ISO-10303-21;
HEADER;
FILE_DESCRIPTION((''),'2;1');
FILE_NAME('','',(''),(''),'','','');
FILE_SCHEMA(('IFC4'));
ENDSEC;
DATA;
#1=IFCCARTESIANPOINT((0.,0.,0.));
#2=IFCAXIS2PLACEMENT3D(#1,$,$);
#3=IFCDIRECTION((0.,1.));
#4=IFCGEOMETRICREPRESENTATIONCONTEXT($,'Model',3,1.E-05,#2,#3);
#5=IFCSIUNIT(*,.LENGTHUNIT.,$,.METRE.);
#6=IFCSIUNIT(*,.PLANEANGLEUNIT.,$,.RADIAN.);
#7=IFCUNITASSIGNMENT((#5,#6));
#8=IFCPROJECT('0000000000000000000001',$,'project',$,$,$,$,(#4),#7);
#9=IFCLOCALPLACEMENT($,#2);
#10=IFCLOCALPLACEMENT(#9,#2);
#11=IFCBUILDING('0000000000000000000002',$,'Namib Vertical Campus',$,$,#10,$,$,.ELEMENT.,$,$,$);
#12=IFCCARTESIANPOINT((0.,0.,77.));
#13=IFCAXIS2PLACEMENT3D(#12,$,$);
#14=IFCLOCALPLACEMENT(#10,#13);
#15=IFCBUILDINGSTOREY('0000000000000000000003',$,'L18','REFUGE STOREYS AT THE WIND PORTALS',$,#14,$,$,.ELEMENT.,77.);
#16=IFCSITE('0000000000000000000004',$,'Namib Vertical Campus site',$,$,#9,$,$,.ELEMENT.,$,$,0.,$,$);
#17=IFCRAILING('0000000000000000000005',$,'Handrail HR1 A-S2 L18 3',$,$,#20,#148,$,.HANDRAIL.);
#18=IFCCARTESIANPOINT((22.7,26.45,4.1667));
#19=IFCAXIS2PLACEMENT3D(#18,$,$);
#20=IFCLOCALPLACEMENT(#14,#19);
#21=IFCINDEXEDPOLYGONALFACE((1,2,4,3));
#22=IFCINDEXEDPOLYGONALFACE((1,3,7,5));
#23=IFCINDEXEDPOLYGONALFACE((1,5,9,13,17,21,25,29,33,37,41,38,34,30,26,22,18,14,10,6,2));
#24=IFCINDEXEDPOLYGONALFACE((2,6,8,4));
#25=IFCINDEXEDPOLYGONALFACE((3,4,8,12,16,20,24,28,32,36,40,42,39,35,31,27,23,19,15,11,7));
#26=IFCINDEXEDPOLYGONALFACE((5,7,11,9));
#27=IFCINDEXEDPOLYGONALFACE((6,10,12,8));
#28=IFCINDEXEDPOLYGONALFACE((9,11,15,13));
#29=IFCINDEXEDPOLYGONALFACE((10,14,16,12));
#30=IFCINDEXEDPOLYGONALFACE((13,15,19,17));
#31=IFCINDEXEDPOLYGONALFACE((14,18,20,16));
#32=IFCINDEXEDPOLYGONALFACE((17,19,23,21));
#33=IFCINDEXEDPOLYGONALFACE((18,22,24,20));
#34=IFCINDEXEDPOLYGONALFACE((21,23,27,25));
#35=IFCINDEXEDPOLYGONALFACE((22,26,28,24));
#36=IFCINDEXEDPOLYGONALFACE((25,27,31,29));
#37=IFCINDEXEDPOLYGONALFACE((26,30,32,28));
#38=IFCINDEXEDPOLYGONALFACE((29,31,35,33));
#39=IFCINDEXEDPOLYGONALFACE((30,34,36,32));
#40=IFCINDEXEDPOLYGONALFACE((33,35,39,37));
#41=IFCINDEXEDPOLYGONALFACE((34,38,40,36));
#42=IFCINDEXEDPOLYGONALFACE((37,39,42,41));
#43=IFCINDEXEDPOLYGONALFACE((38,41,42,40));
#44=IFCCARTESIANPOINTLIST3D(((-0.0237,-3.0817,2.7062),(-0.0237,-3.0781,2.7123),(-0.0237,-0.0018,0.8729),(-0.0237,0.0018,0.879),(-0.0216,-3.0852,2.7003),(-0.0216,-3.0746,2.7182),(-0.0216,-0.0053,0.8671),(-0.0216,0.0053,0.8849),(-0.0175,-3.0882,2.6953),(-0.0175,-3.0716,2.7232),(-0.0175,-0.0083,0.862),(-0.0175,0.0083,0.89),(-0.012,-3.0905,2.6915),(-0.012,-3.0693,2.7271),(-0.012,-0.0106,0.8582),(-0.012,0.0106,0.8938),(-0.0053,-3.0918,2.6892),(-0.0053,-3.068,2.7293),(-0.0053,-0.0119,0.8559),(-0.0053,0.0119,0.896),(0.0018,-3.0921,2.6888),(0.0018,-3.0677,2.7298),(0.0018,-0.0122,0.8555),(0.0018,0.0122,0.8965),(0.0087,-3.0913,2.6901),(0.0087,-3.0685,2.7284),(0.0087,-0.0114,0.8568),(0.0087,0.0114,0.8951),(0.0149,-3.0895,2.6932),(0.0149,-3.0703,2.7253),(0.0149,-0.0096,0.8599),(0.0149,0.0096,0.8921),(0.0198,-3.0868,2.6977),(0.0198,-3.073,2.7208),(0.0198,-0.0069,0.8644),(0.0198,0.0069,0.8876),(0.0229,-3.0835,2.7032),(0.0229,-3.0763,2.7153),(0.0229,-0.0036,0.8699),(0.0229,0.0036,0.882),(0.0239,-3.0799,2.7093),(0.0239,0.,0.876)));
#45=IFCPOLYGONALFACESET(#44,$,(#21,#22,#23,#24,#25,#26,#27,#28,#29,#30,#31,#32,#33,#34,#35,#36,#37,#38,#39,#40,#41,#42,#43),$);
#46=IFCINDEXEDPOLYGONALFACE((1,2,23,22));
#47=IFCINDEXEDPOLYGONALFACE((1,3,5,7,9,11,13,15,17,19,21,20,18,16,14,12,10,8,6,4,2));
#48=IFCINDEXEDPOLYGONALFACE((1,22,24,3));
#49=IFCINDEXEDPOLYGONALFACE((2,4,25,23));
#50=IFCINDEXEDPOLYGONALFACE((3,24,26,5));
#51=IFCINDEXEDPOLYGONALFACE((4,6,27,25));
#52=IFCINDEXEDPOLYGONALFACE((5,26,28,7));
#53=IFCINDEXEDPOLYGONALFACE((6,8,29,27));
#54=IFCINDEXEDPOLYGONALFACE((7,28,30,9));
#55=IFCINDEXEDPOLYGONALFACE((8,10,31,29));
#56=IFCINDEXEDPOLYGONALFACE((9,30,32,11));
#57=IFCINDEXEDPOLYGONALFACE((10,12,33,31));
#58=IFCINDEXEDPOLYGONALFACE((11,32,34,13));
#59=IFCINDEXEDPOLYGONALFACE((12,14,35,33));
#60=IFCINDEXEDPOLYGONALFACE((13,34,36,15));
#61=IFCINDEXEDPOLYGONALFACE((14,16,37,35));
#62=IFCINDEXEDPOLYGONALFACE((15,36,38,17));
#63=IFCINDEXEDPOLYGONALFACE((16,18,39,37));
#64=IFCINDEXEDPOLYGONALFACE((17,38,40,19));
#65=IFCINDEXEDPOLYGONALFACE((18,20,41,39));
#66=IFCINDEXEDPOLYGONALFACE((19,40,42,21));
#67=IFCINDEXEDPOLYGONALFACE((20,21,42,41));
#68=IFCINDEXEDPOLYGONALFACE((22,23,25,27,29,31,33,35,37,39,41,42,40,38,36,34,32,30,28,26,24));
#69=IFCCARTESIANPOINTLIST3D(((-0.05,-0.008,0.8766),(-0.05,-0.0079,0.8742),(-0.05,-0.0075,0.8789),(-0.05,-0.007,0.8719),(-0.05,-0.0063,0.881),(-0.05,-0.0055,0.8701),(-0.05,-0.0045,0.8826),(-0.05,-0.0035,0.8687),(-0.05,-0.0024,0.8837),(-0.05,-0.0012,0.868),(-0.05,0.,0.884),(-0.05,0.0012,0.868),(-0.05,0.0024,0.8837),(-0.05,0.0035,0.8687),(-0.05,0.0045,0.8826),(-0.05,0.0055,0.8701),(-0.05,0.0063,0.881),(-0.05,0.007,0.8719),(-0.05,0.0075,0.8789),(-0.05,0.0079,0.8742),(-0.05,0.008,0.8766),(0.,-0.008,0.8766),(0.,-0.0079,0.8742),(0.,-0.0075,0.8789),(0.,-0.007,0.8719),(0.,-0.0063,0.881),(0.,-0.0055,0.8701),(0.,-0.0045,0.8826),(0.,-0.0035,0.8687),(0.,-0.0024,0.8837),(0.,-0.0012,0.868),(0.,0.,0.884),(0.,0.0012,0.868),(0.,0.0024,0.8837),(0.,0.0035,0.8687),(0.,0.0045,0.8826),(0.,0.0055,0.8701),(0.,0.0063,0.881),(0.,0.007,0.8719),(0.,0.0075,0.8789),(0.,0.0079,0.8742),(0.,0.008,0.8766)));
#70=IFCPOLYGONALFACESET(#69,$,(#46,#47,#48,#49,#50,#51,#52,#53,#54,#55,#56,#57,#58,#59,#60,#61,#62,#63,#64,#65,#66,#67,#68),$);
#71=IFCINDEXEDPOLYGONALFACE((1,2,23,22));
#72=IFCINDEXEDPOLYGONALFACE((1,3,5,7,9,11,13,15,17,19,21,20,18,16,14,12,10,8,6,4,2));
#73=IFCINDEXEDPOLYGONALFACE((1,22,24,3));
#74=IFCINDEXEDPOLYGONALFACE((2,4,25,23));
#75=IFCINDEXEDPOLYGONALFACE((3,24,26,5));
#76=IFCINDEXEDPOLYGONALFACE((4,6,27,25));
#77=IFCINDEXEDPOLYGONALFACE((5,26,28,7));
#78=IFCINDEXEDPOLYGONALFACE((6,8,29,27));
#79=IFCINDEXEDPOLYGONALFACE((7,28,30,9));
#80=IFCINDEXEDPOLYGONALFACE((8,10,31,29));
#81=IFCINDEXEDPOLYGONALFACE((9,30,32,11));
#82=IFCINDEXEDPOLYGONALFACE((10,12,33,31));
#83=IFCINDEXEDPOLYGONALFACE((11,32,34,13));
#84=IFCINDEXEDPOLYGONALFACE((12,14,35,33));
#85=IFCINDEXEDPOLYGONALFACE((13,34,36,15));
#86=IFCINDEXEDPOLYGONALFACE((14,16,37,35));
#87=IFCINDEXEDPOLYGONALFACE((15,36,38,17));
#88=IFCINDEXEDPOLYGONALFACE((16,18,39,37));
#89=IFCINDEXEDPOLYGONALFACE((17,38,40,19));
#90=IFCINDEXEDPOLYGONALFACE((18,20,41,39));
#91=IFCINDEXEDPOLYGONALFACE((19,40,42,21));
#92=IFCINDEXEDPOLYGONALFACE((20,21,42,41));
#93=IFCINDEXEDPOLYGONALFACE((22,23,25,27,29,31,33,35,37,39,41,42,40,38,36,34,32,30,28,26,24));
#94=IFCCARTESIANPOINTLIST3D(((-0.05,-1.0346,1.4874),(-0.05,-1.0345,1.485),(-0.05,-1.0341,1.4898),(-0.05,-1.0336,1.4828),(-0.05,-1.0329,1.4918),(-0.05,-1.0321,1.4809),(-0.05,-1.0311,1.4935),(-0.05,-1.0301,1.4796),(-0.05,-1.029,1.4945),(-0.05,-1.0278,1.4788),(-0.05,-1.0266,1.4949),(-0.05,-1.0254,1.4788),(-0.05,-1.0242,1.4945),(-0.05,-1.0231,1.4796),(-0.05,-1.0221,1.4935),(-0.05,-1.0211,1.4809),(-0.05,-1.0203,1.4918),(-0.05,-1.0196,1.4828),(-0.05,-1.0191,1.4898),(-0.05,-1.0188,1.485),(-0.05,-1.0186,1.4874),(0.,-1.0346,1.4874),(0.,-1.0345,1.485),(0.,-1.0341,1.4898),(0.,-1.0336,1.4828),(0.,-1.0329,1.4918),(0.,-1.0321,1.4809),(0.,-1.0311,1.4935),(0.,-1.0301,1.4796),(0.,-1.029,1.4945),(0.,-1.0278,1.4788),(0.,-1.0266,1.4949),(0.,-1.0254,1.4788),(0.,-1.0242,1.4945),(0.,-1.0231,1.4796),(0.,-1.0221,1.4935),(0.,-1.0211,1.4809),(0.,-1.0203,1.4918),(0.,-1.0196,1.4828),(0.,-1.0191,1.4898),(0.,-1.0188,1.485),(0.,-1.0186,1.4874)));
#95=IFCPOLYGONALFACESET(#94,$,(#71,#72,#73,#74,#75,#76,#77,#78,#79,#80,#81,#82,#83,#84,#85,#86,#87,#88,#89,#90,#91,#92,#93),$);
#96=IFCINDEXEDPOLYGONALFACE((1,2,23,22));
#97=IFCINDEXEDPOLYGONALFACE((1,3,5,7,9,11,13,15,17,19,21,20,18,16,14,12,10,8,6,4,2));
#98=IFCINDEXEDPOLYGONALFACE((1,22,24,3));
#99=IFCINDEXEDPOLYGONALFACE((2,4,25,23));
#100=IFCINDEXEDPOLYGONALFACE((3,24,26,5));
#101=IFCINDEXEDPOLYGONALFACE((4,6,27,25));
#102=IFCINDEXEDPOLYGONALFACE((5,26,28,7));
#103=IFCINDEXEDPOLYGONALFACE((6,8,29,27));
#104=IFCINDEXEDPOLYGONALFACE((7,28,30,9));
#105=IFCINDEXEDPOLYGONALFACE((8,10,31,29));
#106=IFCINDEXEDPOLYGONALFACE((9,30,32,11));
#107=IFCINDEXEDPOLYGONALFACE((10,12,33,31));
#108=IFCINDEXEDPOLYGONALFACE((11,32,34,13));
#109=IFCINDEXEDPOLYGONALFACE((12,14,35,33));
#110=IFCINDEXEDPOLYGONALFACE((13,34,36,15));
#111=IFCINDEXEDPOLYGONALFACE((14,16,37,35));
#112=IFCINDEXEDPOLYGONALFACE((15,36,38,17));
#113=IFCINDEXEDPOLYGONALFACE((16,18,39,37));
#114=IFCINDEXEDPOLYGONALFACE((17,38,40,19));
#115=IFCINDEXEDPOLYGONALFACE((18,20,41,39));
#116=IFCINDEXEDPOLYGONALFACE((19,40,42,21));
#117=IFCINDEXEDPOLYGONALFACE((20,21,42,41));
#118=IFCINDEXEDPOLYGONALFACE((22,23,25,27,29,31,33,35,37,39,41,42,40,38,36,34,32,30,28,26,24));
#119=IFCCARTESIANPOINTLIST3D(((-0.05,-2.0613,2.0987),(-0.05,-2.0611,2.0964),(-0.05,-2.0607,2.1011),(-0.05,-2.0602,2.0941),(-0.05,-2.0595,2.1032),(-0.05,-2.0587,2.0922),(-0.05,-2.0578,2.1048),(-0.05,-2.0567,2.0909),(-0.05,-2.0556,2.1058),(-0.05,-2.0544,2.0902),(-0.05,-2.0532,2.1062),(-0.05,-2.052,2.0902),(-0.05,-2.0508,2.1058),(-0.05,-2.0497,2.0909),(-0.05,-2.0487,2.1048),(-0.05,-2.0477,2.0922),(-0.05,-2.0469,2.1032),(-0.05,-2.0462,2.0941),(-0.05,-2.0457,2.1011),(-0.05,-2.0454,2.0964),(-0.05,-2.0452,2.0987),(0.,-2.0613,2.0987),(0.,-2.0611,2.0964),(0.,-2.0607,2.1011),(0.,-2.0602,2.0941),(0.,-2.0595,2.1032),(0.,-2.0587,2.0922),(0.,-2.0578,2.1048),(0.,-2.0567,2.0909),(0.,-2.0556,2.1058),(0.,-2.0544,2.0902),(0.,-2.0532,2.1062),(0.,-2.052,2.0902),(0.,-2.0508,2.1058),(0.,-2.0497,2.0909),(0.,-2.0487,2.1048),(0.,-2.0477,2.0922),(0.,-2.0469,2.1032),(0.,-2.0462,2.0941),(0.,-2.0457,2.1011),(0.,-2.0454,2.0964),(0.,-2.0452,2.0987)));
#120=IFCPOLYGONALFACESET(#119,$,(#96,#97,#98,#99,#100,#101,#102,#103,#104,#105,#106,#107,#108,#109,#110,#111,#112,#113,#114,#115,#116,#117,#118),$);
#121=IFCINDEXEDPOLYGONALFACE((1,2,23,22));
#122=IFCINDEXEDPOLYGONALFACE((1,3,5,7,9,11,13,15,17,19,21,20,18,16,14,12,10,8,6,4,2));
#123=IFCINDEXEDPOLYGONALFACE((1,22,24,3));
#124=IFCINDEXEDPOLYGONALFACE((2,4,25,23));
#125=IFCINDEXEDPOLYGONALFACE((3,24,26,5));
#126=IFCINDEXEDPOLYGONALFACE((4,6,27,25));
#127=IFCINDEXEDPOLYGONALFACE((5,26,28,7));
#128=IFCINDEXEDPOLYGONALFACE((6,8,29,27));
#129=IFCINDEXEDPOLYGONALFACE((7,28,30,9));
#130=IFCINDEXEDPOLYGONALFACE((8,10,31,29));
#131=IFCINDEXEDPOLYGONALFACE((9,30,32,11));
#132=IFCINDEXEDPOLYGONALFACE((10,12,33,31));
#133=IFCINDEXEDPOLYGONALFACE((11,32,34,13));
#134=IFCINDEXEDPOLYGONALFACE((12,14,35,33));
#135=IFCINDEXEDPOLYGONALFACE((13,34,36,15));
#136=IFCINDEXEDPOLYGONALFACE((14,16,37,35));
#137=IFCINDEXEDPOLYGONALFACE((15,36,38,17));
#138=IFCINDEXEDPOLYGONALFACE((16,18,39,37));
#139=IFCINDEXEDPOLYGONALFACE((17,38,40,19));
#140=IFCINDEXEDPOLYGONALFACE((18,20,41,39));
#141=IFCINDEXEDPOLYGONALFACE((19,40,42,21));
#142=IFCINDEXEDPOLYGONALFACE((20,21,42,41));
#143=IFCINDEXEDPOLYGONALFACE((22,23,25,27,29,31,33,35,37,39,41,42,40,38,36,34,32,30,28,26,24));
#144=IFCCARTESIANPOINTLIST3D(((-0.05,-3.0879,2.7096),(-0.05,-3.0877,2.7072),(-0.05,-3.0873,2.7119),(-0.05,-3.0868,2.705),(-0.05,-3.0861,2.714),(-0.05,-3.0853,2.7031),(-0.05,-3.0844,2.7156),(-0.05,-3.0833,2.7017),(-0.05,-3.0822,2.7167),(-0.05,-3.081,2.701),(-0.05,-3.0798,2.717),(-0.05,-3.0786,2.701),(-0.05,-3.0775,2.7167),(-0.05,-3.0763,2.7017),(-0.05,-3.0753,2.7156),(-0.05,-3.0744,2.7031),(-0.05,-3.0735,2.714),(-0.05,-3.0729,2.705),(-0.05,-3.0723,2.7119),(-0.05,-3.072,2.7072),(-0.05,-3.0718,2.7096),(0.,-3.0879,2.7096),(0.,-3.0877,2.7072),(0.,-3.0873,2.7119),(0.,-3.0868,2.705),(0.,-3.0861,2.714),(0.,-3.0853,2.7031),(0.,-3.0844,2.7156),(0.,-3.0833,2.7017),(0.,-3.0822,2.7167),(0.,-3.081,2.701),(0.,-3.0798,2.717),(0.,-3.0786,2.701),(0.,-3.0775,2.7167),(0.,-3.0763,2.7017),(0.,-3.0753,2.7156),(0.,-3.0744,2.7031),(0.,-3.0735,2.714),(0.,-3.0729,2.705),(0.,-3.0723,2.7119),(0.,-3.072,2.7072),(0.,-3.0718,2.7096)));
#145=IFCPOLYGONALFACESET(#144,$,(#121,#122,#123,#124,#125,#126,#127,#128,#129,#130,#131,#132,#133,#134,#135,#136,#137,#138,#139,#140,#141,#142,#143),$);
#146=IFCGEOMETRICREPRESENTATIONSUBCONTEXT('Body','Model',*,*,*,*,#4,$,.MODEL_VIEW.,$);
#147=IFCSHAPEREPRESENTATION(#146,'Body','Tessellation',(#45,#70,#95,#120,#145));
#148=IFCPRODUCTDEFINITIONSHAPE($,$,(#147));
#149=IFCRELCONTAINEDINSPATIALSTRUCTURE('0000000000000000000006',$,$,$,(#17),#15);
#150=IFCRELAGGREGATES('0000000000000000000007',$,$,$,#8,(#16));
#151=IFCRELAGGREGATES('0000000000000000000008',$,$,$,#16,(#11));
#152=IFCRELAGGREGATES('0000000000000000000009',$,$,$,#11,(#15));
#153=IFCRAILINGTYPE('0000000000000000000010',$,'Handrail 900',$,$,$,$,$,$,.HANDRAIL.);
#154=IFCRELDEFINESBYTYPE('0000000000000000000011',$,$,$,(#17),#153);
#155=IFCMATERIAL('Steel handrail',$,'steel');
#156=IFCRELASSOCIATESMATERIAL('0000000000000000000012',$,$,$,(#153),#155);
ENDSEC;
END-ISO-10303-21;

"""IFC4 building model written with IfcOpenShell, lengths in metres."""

from ifc_helpers import new_model, si_unit, direction, frame, origin, origin_2d, place, context, subcontext, project, spatial, circle, extrude, material, type_object, element, save


model = new_model("IFC4")

# Units and contexts
model_context = context("Model", 3, precision=1e-05, world=origin(), true_north=direction((0.0, 1.0)))
body_context = subcontext(model_context, "Body", "Model", "MODEL_VIEW")
ifc_project = project(units=[si_unit("LENGTHUNIT", "METRE"), si_unit("PLANEANGLEUNIT", "RADIAN")], contexts=[model_context])

# Site, building, storey
site_placement = place(None, origin())
site = spatial("IfcSite", under=ifc_project, at=site_placement, Name="Namib Vertical Campus site", CompositionType="ELEMENT", RefElevation=0.0)
building_placement = place(site_placement, origin())
building = spatial("IfcBuilding", under=site, at=building_placement, Name="Namib Vertical Campus", CompositionType="ELEMENT")
storey_placement = place(building_placement, frame((0.0, 0.0, 77.0)))
storey = spatial("IfcBuildingStorey", under=building, at=storey_placement, Name="L18", Description="REFUGE STOREYS AT THE WIND PORTALS", CompositionType="ELEMENT", Elevation=77.0)

# Railing
ifc_material_1 = material(Name="Steel handrail", Category="steel")
railing_type_1 = type_object("IfcRailingType", Name="Handrail 900", PredefinedType="HANDRAIL", material=ifc_material_1)
railing_1_placement = place(storey_placement, frame((22.7, 26.45, 4.1667)))
element("IfcRailing", 1, at=railing_1_placement, inside=storey, type_object=railing_type_1, Name="Handrail HR1 A-S2 L18 3", PredefinedType="HANDRAIL", context=body_context, shape_type="SweptSolid", body=[
    extrude(circle(Radius=0.0239, at=origin_2d()), frame((0.0, 0.0, 0.876), z_axis=(0.0, -0.859291, 0.511487), x_axis=(1.0, 0.0, 0.0)), (0.0, 0.0, 1.0), 3.5842),
    extrude(circle(Radius=0.0081, at=origin_2d()), frame((0.0, 0.0, 0.876), z_axis=(-1.0, 0.0, 0.0), x_axis=(0.0, 0.0, 1.0)), (0.0, 0.0, 1.0), 0.05),
    extrude(circle(Radius=0.0081, at=origin_2d()), frame((0.0, -1.0266, 1.4868), z_axis=(-1.0, 0.0, 0.0), x_axis=(0.0, 0.0, 1.0)), (0.0, 0.0, 1.0), 0.05),
    extrude(circle(Radius=0.0081, at=origin_2d()), frame((0.0, -2.0532, 2.0981), z_axis=(-1.0, 0.0, 0.0), x_axis=(0.0, 0.0, 1.0)), (0.0, 0.0, 1.0), 0.05),
    extrude(circle(Radius=0.0081, at=origin_2d()), frame((0.0, -3.0798, 2.709), z_axis=(-1.0, 0.0, 0.0), x_axis=(0.0, 0.0, 1.0)), (0.0, 0.0, 1.0), 0.05),
])

save(model, "model.ifc")
